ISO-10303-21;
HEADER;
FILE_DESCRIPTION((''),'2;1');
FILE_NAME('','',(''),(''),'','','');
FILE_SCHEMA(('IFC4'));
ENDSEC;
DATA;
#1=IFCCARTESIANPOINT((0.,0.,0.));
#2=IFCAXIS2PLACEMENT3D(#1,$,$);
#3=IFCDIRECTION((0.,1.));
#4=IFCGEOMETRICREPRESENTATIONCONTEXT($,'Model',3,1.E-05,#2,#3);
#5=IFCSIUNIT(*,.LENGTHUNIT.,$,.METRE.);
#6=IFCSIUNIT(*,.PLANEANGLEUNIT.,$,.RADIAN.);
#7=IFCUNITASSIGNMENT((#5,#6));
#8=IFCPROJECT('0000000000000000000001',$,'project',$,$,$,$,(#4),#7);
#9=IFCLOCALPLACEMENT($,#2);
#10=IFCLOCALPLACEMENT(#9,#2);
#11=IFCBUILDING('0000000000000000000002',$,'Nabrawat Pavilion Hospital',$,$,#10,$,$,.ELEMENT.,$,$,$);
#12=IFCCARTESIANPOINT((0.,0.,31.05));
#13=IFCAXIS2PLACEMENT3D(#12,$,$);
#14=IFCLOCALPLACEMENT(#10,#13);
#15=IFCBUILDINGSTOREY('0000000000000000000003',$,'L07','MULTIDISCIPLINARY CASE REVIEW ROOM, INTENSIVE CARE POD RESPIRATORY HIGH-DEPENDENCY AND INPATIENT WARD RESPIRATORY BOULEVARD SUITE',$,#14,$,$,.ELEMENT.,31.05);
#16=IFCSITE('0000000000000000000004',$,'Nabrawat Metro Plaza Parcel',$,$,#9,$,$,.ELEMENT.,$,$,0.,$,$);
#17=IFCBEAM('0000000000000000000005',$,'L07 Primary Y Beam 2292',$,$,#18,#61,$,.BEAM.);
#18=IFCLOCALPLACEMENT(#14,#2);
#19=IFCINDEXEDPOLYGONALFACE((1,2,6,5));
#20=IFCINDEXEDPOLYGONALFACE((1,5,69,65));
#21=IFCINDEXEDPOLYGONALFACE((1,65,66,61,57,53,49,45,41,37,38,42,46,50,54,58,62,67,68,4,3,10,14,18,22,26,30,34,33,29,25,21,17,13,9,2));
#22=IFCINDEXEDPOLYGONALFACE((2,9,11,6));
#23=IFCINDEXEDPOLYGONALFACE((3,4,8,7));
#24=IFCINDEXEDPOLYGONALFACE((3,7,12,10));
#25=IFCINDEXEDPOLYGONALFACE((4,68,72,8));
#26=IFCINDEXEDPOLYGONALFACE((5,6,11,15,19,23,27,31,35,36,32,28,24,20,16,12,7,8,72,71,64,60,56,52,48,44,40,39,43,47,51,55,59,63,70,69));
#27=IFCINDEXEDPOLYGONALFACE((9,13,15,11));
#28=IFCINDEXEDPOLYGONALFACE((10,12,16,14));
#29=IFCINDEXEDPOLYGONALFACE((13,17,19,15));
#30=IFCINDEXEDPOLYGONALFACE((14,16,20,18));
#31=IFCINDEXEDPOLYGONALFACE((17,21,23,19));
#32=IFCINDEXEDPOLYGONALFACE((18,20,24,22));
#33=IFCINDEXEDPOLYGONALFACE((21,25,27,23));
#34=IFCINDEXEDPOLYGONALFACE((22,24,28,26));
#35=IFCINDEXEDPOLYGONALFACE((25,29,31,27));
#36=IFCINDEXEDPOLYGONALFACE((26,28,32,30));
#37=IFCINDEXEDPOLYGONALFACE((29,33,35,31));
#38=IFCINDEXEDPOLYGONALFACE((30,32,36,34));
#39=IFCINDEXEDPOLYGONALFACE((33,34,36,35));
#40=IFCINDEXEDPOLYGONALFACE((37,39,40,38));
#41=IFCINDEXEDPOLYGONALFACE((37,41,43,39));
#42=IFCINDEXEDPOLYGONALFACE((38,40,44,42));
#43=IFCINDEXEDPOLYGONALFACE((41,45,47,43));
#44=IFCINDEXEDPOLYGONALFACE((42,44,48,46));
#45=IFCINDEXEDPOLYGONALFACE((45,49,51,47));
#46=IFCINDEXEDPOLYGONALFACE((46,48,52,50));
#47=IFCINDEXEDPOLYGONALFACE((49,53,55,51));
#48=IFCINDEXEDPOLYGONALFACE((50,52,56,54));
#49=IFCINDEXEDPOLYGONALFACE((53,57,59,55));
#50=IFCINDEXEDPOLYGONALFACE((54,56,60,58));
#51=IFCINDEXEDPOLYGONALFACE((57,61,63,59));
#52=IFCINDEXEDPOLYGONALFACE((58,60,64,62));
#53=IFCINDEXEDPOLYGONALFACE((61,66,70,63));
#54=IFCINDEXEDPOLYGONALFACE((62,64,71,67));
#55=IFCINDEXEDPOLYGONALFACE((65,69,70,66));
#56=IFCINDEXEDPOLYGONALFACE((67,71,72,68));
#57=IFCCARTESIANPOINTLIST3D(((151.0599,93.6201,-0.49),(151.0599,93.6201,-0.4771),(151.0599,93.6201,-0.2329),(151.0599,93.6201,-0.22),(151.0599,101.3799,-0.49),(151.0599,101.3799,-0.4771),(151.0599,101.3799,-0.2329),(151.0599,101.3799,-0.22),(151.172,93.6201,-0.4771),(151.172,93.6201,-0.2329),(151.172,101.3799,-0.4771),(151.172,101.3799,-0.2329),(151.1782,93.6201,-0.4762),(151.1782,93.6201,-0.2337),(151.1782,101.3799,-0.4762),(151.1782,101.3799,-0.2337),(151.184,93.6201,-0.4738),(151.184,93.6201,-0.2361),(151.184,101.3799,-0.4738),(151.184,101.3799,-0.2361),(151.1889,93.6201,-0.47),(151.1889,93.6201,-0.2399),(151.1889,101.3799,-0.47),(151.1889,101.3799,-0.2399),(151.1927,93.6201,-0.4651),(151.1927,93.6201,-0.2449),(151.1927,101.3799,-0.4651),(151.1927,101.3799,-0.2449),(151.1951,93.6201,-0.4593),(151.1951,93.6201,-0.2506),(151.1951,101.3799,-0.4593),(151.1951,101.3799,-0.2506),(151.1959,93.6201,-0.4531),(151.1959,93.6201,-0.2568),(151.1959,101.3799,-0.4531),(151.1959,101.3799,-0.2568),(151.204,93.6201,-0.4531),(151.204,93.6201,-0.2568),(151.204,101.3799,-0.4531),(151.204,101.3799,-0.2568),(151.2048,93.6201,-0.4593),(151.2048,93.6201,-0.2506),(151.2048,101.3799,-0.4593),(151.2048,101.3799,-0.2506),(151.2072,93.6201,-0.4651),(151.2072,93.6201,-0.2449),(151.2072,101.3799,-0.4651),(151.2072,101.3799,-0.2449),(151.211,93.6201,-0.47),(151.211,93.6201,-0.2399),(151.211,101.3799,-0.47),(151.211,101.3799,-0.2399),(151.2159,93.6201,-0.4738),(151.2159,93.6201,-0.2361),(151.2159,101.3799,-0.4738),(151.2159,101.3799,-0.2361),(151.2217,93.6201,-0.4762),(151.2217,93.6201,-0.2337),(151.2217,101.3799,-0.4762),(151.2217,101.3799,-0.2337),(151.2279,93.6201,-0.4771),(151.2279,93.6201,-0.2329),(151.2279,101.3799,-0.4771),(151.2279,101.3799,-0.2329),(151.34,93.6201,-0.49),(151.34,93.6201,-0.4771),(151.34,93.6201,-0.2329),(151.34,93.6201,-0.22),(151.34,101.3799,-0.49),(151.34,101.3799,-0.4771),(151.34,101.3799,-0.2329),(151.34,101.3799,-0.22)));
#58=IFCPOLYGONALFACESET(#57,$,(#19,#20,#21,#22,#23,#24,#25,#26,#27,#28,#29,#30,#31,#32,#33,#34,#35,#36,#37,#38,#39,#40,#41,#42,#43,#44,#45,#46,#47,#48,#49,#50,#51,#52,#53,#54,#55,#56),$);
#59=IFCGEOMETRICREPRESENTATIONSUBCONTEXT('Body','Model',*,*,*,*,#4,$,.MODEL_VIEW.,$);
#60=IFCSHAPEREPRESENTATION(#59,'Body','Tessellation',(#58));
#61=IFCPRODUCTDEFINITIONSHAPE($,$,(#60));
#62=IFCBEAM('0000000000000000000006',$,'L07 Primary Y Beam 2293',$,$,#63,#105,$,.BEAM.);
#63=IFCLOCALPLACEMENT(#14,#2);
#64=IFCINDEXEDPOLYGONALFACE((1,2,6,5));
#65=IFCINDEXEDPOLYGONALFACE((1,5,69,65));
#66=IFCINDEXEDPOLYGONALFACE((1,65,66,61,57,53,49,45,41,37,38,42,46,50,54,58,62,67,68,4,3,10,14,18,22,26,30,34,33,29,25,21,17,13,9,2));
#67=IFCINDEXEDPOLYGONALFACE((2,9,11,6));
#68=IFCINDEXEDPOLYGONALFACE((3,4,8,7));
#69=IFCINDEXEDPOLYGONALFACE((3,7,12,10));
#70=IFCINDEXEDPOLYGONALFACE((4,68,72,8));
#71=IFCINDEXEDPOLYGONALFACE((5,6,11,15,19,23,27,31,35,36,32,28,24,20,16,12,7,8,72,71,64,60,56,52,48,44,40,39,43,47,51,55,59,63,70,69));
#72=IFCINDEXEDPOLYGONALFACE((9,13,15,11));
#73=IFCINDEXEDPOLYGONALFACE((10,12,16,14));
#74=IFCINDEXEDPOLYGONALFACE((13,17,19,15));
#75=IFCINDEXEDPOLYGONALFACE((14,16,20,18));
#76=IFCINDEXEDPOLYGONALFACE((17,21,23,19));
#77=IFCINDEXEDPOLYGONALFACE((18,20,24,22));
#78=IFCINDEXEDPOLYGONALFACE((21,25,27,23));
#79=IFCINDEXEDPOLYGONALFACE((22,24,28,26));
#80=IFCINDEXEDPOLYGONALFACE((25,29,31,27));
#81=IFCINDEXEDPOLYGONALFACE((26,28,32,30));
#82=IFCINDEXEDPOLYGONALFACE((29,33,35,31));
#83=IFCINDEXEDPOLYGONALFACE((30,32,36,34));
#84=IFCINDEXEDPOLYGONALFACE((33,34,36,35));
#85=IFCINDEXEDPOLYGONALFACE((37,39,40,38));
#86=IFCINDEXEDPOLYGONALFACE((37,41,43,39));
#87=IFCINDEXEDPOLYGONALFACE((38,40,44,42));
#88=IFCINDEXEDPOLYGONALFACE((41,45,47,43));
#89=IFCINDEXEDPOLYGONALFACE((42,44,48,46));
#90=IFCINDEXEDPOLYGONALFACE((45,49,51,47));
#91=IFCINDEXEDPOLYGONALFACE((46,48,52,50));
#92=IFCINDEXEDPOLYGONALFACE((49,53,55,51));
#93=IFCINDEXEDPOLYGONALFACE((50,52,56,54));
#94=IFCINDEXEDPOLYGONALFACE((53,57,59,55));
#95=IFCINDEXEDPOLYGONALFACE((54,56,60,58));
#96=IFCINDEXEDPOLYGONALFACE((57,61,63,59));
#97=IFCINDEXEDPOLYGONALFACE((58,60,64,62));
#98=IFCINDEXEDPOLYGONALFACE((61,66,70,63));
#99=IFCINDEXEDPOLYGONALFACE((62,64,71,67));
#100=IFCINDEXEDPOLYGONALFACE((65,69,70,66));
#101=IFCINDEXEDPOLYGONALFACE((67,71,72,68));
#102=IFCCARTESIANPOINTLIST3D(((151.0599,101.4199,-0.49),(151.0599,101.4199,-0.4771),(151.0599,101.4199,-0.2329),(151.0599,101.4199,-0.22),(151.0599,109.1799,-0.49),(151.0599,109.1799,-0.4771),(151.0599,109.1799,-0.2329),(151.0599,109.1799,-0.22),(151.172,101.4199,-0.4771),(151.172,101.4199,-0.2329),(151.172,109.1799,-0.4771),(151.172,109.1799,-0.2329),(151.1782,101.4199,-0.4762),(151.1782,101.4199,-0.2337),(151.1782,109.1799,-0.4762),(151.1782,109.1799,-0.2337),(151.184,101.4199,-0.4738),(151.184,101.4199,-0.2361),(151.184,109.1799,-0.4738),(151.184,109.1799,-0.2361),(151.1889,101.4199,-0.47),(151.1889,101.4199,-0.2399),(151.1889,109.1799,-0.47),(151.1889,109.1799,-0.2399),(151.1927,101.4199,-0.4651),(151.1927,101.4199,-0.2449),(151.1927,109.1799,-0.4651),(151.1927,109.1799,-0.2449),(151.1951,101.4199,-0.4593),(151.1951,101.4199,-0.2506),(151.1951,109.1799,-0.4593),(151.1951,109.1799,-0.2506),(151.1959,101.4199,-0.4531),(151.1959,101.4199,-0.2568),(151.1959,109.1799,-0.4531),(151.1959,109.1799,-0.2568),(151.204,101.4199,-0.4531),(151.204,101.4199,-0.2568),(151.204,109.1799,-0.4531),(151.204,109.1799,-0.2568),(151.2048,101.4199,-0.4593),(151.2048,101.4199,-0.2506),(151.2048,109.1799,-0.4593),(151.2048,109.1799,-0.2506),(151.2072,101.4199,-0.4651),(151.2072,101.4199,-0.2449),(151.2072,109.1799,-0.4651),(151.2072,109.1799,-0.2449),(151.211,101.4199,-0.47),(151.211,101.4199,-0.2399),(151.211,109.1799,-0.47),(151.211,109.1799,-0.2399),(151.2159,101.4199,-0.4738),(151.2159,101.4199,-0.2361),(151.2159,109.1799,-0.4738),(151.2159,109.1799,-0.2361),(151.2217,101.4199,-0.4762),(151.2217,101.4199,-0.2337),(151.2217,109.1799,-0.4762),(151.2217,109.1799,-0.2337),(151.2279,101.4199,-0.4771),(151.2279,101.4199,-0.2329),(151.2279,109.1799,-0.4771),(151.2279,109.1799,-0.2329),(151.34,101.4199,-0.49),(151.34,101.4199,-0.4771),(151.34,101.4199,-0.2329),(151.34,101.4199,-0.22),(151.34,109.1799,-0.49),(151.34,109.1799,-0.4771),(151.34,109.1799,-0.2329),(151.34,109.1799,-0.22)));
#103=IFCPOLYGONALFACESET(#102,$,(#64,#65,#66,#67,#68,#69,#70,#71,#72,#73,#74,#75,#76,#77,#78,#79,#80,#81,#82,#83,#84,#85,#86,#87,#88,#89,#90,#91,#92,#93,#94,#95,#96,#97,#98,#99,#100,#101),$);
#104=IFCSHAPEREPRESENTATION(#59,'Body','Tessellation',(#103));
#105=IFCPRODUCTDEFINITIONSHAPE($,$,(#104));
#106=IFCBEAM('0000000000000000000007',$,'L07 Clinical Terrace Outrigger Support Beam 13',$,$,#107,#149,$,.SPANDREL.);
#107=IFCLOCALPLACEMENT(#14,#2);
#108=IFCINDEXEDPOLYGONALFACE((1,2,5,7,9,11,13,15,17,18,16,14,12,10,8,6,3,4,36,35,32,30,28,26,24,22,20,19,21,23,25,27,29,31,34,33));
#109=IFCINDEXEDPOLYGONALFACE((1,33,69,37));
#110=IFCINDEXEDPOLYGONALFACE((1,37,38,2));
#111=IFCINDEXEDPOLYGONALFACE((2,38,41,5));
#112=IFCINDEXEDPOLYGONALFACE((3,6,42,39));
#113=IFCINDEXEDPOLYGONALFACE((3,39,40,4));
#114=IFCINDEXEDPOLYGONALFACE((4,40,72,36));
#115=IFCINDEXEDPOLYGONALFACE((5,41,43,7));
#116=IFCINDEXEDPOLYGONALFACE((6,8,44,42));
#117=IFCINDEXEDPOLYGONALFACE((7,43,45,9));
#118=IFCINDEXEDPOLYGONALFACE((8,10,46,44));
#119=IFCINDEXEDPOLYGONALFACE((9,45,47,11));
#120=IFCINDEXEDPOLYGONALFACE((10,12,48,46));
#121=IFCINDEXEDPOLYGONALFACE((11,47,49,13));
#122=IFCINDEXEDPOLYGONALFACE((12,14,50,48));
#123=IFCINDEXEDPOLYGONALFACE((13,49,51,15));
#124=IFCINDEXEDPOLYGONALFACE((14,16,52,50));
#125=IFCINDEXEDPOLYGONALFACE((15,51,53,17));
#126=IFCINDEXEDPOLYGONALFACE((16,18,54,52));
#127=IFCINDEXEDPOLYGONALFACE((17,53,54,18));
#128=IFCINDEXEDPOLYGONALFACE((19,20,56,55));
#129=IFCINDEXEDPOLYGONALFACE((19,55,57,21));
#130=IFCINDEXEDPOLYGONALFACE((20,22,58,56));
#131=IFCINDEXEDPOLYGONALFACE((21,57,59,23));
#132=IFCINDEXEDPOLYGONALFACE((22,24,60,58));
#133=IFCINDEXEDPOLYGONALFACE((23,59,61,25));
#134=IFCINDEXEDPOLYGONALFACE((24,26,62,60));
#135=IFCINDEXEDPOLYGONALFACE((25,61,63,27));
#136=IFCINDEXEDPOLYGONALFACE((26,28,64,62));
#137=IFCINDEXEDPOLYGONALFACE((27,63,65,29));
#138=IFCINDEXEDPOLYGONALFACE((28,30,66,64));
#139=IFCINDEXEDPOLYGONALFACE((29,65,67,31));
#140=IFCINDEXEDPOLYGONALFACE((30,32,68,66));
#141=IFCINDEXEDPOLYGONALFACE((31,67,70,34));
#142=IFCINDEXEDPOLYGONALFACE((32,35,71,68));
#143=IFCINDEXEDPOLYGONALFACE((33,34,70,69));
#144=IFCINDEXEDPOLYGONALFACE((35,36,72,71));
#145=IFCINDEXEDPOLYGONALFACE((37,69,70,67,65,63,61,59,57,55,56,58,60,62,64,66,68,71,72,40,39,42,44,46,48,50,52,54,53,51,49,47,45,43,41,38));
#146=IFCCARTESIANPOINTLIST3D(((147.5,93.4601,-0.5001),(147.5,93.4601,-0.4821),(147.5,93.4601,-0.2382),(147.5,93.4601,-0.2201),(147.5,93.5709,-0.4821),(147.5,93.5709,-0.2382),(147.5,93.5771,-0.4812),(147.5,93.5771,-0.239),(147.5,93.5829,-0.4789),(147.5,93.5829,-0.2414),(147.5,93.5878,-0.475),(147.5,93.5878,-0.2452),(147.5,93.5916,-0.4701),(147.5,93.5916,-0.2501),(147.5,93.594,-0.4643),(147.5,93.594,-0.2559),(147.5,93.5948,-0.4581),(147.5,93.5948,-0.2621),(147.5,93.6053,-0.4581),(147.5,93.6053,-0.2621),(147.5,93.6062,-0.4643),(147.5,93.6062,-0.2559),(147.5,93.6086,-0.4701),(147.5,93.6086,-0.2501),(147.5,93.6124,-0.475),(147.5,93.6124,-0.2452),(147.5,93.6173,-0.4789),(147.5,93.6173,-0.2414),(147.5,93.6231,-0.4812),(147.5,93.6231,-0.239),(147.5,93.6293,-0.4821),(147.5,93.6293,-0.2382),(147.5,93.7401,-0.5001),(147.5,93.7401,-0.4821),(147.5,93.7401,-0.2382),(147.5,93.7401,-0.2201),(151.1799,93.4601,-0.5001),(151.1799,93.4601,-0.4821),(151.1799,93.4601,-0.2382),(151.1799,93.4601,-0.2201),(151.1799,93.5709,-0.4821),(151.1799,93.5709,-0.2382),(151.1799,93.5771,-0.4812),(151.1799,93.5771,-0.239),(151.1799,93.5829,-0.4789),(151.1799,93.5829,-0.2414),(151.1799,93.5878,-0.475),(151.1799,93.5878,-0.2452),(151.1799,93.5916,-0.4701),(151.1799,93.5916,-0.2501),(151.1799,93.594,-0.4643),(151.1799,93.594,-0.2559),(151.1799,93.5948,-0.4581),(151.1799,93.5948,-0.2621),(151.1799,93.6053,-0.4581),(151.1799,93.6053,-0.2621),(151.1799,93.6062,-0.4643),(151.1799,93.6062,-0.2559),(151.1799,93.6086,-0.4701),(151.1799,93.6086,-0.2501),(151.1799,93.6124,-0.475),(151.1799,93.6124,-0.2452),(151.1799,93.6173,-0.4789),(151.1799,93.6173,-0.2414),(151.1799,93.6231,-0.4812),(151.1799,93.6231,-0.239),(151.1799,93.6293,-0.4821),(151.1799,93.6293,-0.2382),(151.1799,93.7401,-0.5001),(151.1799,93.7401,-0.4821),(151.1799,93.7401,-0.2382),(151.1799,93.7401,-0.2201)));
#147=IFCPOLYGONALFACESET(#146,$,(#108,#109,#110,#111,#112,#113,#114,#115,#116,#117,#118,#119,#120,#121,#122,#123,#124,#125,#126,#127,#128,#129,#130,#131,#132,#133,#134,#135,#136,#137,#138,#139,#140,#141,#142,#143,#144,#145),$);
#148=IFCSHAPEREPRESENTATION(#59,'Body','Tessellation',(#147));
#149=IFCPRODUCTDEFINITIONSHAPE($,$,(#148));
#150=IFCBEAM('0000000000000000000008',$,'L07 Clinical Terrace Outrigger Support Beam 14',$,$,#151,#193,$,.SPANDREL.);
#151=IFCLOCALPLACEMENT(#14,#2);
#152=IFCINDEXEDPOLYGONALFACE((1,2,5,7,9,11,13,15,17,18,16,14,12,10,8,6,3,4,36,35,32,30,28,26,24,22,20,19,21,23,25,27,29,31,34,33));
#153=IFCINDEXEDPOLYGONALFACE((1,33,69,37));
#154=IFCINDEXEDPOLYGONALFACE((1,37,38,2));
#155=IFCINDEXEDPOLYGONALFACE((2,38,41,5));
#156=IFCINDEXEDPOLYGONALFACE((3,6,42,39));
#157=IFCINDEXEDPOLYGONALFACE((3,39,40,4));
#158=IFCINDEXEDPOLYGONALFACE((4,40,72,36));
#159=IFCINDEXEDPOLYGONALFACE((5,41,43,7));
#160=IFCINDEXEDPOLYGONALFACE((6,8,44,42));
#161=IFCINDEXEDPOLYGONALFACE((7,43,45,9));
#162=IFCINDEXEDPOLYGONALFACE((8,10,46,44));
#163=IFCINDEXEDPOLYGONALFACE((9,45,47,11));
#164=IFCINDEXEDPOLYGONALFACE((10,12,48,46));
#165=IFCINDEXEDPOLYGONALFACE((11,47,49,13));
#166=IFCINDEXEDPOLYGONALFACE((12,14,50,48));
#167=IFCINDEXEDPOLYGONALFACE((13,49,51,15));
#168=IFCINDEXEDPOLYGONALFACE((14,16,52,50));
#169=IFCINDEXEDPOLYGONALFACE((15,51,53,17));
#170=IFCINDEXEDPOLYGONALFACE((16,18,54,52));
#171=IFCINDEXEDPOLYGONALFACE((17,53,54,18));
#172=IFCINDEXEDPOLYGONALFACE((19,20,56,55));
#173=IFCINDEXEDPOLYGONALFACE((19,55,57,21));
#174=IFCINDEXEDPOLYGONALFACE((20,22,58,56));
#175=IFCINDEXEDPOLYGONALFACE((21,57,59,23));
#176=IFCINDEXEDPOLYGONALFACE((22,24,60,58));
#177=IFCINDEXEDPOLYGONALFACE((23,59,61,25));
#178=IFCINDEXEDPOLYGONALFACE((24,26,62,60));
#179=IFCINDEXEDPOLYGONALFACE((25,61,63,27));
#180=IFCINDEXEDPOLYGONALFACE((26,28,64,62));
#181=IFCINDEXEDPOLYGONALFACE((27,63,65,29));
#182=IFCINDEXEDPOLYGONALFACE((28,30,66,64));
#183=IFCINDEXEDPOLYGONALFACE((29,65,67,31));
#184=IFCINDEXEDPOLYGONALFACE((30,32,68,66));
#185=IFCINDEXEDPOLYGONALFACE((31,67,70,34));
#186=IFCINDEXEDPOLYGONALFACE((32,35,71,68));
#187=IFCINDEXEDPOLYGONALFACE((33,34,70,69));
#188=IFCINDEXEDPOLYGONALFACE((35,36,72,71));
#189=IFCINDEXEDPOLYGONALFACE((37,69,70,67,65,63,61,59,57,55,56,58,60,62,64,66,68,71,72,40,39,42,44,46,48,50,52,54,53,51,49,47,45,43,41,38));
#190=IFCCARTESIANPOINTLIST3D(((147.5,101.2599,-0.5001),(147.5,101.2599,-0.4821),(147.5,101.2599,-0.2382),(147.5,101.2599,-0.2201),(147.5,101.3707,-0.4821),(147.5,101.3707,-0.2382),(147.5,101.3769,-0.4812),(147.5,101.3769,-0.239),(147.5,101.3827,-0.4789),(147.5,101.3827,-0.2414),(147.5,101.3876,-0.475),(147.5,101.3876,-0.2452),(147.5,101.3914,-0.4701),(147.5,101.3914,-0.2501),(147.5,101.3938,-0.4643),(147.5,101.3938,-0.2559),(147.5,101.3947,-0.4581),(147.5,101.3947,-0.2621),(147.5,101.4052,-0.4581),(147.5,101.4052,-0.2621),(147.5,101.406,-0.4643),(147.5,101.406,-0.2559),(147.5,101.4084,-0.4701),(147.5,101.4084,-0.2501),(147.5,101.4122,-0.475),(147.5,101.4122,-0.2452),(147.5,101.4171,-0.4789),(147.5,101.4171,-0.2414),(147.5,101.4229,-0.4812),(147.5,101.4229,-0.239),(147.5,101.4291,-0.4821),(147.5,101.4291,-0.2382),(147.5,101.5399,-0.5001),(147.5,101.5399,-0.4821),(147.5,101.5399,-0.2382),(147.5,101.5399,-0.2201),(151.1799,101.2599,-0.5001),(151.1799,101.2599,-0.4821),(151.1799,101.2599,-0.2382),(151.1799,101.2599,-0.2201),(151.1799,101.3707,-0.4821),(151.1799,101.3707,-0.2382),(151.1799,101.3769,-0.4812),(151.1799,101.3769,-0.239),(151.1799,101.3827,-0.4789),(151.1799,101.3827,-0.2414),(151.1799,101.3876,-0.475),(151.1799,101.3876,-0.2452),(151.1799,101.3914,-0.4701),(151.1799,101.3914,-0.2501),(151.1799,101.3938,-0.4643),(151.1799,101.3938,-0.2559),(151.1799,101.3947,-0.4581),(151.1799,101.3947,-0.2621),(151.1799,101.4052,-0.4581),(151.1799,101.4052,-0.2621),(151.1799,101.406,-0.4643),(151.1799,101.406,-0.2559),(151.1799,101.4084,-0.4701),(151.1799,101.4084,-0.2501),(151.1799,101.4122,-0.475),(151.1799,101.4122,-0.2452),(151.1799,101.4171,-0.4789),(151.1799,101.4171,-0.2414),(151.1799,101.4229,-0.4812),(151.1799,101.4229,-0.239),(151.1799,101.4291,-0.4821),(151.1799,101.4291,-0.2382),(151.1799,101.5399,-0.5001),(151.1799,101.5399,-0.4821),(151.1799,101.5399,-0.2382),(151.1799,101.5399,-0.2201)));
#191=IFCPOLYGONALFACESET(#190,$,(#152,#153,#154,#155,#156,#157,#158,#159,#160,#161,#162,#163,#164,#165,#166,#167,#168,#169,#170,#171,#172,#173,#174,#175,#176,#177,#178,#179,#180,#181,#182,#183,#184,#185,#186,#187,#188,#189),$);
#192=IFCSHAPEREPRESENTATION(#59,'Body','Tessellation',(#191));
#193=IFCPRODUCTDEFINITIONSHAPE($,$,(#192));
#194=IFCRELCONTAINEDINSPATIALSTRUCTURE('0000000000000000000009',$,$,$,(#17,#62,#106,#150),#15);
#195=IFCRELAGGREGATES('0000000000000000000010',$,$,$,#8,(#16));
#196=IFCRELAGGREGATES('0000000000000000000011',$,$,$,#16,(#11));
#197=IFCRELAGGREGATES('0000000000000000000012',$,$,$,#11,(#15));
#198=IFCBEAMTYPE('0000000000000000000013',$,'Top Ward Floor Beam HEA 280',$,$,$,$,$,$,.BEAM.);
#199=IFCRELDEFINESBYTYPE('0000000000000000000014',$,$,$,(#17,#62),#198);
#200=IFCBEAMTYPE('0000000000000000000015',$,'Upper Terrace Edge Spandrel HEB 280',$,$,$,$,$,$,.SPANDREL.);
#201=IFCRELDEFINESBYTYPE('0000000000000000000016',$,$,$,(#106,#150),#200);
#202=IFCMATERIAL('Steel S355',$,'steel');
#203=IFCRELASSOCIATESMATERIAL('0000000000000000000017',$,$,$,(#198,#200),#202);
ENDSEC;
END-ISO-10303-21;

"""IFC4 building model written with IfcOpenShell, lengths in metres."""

from ifc_helpers import new_model, si_unit, direction, frame, origin, origin_2d, place, context, subcontext, project, spatial, i_section, extrude, material, material_profile, profile_set, type_object, element, save


model = new_model("IFC4")

# Units and contexts
model_context = context("Model", 3, precision=1e-05, world=origin(), true_north=direction((0.0, 1.0)))
body_context = subcontext(model_context, "Body", "Model", "MODEL_VIEW")
ifc_project = project(units=[si_unit("LENGTHUNIT", "METRE"), si_unit("PLANEANGLEUNIT", "RADIAN")], contexts=[model_context])

# Site, building, storey
site_placement = place(None, origin())
site = spatial("IfcSite", under=ifc_project, at=site_placement, Name="Nabrawat Metro Plaza Parcel", CompositionType="ELEMENT", RefElevation=0.0)
building_placement = place(site_placement, origin())
building = spatial("IfcBuilding", under=site, at=building_placement, Name="Nabrawat Pavilion Hospital", CompositionType="ELEMENT")
storey_placement = place(building_placement, frame((0.0, 0.0, 31.05)))
storey = spatial("IfcBuildingStorey", under=building, at=storey_placement, Name="L07", Description="MULTIDISCIPLINARY CASE REVIEW ROOM, INTENSIVE CARE POD RESPIRATORY HIGH-DEPENDENCY AND INPATIENT WARD RESPIRATORY BOULEVARD SUITE", CompositionType="ELEMENT", Elevation=31.05)

# Shared definitions
ifc_material_1 = material(Name="Steel S355", Category="steel")

# Beams
ifc_material_profile_1 = material_profile(ifc_material_1, i_section(OverallWidth=0.28, OverallDepth=0.27, WebThickness=0.0081, FlangeThickness=0.0129, FilletRadius=0.0239, at=origin_2d()), Name="HEA 280")
ifc_profile_set_1 = profile_set([ifc_material_profile_1], Name="Steel S355")
beam_type_1 = type_object("IfcBeamType", Name="Top Ward Floor Beam HEA 280", PredefinedType="BEAM", material=ifc_profile_set_1)
beam_1_placement = place(storey_placement, frame((151.2, 93.6201, -0.355), z_axis=(0.0, 1.0, 0.0), x_axis=(-1.0, 0.0, 0.0)))
element("IfcBeam", 1, at=beam_1_placement, inside=storey, type_object=beam_type_1, Name="L07 Primary Y Beam 2292", PredefinedType="BEAM", context=body_context, shape_type="SweptSolid", body=[
    extrude(i_section(OverallWidth=0.28, OverallDepth=0.27, WebThickness=0.0081, FlangeThickness=0.0129, FilletRadius=0.0239, at=origin_2d()), origin(), (0.0, 0.0, 1.0), 7.7598),
])
beam_2_placement = place(storey_placement, frame((151.2, 101.4199, -0.355), z_axis=(0.0, 1.0, 0.0), x_axis=(-1.0, 0.0, 0.0)))
element("IfcBeam", 2, at=beam_2_placement, inside=storey, type_object=beam_type_1, Name="L07 Primary Y Beam 2293", PredefinedType="BEAM", context=body_context, shape_type="SweptSolid", body=[
    extrude(i_section(OverallWidth=0.28, OverallDepth=0.27, WebThickness=0.0081, FlangeThickness=0.0129, FilletRadius=0.0239, at=origin_2d()), origin(), (0.0, 0.0, 1.0), 7.76),
])
ifc_material_profile_2 = material_profile(ifc_material_1, i_section(OverallWidth=0.28, OverallDepth=0.28, WebThickness=0.0105, FlangeThickness=0.0181, FilletRadius=0.0239, at=origin_2d()), Name="HEB 280")
ifc_profile_set_2 = profile_set([ifc_material_profile_2], Name="Steel S355")
beam_type_2 = type_object("IfcBeamType", Name="Upper Terrace Edge Spandrel HEB 280", PredefinedType="SPANDREL", material=ifc_profile_set_2)
for number, where, z_axis, x_axis, name in (
    (3, (147.5, 93.6001, -0.3601), (1.0, 0.0, 0.0), (0.0, 1.0, 0.0), "L07 Clinical Terrace Outrigger Support Beam 13"),
    (4, (147.5, 101.3999, -0.3601), (1.0, 0.0, 0.0), (0.0, 1.0, 0.0), "L07 Clinical Terrace Outrigger Support Beam 14"),
):
    element("IfcBeam", number, at=place(storey_placement, frame(where, z_axis=z_axis, x_axis=x_axis)), inside=storey, type_object=beam_type_2, Name=name, PredefinedType="SPANDREL", context=body_context, shape_type="SweptSolid", body=[
        extrude(i_section(OverallWidth=0.28, OverallDepth=0.28, WebThickness=0.0105, FlangeThickness=0.0181, FilletRadius=0.0239, at=origin_2d()), origin(), (0.0, 0.0, 1.0), 3.6799),
    ])

save(model, "model.ifc")
